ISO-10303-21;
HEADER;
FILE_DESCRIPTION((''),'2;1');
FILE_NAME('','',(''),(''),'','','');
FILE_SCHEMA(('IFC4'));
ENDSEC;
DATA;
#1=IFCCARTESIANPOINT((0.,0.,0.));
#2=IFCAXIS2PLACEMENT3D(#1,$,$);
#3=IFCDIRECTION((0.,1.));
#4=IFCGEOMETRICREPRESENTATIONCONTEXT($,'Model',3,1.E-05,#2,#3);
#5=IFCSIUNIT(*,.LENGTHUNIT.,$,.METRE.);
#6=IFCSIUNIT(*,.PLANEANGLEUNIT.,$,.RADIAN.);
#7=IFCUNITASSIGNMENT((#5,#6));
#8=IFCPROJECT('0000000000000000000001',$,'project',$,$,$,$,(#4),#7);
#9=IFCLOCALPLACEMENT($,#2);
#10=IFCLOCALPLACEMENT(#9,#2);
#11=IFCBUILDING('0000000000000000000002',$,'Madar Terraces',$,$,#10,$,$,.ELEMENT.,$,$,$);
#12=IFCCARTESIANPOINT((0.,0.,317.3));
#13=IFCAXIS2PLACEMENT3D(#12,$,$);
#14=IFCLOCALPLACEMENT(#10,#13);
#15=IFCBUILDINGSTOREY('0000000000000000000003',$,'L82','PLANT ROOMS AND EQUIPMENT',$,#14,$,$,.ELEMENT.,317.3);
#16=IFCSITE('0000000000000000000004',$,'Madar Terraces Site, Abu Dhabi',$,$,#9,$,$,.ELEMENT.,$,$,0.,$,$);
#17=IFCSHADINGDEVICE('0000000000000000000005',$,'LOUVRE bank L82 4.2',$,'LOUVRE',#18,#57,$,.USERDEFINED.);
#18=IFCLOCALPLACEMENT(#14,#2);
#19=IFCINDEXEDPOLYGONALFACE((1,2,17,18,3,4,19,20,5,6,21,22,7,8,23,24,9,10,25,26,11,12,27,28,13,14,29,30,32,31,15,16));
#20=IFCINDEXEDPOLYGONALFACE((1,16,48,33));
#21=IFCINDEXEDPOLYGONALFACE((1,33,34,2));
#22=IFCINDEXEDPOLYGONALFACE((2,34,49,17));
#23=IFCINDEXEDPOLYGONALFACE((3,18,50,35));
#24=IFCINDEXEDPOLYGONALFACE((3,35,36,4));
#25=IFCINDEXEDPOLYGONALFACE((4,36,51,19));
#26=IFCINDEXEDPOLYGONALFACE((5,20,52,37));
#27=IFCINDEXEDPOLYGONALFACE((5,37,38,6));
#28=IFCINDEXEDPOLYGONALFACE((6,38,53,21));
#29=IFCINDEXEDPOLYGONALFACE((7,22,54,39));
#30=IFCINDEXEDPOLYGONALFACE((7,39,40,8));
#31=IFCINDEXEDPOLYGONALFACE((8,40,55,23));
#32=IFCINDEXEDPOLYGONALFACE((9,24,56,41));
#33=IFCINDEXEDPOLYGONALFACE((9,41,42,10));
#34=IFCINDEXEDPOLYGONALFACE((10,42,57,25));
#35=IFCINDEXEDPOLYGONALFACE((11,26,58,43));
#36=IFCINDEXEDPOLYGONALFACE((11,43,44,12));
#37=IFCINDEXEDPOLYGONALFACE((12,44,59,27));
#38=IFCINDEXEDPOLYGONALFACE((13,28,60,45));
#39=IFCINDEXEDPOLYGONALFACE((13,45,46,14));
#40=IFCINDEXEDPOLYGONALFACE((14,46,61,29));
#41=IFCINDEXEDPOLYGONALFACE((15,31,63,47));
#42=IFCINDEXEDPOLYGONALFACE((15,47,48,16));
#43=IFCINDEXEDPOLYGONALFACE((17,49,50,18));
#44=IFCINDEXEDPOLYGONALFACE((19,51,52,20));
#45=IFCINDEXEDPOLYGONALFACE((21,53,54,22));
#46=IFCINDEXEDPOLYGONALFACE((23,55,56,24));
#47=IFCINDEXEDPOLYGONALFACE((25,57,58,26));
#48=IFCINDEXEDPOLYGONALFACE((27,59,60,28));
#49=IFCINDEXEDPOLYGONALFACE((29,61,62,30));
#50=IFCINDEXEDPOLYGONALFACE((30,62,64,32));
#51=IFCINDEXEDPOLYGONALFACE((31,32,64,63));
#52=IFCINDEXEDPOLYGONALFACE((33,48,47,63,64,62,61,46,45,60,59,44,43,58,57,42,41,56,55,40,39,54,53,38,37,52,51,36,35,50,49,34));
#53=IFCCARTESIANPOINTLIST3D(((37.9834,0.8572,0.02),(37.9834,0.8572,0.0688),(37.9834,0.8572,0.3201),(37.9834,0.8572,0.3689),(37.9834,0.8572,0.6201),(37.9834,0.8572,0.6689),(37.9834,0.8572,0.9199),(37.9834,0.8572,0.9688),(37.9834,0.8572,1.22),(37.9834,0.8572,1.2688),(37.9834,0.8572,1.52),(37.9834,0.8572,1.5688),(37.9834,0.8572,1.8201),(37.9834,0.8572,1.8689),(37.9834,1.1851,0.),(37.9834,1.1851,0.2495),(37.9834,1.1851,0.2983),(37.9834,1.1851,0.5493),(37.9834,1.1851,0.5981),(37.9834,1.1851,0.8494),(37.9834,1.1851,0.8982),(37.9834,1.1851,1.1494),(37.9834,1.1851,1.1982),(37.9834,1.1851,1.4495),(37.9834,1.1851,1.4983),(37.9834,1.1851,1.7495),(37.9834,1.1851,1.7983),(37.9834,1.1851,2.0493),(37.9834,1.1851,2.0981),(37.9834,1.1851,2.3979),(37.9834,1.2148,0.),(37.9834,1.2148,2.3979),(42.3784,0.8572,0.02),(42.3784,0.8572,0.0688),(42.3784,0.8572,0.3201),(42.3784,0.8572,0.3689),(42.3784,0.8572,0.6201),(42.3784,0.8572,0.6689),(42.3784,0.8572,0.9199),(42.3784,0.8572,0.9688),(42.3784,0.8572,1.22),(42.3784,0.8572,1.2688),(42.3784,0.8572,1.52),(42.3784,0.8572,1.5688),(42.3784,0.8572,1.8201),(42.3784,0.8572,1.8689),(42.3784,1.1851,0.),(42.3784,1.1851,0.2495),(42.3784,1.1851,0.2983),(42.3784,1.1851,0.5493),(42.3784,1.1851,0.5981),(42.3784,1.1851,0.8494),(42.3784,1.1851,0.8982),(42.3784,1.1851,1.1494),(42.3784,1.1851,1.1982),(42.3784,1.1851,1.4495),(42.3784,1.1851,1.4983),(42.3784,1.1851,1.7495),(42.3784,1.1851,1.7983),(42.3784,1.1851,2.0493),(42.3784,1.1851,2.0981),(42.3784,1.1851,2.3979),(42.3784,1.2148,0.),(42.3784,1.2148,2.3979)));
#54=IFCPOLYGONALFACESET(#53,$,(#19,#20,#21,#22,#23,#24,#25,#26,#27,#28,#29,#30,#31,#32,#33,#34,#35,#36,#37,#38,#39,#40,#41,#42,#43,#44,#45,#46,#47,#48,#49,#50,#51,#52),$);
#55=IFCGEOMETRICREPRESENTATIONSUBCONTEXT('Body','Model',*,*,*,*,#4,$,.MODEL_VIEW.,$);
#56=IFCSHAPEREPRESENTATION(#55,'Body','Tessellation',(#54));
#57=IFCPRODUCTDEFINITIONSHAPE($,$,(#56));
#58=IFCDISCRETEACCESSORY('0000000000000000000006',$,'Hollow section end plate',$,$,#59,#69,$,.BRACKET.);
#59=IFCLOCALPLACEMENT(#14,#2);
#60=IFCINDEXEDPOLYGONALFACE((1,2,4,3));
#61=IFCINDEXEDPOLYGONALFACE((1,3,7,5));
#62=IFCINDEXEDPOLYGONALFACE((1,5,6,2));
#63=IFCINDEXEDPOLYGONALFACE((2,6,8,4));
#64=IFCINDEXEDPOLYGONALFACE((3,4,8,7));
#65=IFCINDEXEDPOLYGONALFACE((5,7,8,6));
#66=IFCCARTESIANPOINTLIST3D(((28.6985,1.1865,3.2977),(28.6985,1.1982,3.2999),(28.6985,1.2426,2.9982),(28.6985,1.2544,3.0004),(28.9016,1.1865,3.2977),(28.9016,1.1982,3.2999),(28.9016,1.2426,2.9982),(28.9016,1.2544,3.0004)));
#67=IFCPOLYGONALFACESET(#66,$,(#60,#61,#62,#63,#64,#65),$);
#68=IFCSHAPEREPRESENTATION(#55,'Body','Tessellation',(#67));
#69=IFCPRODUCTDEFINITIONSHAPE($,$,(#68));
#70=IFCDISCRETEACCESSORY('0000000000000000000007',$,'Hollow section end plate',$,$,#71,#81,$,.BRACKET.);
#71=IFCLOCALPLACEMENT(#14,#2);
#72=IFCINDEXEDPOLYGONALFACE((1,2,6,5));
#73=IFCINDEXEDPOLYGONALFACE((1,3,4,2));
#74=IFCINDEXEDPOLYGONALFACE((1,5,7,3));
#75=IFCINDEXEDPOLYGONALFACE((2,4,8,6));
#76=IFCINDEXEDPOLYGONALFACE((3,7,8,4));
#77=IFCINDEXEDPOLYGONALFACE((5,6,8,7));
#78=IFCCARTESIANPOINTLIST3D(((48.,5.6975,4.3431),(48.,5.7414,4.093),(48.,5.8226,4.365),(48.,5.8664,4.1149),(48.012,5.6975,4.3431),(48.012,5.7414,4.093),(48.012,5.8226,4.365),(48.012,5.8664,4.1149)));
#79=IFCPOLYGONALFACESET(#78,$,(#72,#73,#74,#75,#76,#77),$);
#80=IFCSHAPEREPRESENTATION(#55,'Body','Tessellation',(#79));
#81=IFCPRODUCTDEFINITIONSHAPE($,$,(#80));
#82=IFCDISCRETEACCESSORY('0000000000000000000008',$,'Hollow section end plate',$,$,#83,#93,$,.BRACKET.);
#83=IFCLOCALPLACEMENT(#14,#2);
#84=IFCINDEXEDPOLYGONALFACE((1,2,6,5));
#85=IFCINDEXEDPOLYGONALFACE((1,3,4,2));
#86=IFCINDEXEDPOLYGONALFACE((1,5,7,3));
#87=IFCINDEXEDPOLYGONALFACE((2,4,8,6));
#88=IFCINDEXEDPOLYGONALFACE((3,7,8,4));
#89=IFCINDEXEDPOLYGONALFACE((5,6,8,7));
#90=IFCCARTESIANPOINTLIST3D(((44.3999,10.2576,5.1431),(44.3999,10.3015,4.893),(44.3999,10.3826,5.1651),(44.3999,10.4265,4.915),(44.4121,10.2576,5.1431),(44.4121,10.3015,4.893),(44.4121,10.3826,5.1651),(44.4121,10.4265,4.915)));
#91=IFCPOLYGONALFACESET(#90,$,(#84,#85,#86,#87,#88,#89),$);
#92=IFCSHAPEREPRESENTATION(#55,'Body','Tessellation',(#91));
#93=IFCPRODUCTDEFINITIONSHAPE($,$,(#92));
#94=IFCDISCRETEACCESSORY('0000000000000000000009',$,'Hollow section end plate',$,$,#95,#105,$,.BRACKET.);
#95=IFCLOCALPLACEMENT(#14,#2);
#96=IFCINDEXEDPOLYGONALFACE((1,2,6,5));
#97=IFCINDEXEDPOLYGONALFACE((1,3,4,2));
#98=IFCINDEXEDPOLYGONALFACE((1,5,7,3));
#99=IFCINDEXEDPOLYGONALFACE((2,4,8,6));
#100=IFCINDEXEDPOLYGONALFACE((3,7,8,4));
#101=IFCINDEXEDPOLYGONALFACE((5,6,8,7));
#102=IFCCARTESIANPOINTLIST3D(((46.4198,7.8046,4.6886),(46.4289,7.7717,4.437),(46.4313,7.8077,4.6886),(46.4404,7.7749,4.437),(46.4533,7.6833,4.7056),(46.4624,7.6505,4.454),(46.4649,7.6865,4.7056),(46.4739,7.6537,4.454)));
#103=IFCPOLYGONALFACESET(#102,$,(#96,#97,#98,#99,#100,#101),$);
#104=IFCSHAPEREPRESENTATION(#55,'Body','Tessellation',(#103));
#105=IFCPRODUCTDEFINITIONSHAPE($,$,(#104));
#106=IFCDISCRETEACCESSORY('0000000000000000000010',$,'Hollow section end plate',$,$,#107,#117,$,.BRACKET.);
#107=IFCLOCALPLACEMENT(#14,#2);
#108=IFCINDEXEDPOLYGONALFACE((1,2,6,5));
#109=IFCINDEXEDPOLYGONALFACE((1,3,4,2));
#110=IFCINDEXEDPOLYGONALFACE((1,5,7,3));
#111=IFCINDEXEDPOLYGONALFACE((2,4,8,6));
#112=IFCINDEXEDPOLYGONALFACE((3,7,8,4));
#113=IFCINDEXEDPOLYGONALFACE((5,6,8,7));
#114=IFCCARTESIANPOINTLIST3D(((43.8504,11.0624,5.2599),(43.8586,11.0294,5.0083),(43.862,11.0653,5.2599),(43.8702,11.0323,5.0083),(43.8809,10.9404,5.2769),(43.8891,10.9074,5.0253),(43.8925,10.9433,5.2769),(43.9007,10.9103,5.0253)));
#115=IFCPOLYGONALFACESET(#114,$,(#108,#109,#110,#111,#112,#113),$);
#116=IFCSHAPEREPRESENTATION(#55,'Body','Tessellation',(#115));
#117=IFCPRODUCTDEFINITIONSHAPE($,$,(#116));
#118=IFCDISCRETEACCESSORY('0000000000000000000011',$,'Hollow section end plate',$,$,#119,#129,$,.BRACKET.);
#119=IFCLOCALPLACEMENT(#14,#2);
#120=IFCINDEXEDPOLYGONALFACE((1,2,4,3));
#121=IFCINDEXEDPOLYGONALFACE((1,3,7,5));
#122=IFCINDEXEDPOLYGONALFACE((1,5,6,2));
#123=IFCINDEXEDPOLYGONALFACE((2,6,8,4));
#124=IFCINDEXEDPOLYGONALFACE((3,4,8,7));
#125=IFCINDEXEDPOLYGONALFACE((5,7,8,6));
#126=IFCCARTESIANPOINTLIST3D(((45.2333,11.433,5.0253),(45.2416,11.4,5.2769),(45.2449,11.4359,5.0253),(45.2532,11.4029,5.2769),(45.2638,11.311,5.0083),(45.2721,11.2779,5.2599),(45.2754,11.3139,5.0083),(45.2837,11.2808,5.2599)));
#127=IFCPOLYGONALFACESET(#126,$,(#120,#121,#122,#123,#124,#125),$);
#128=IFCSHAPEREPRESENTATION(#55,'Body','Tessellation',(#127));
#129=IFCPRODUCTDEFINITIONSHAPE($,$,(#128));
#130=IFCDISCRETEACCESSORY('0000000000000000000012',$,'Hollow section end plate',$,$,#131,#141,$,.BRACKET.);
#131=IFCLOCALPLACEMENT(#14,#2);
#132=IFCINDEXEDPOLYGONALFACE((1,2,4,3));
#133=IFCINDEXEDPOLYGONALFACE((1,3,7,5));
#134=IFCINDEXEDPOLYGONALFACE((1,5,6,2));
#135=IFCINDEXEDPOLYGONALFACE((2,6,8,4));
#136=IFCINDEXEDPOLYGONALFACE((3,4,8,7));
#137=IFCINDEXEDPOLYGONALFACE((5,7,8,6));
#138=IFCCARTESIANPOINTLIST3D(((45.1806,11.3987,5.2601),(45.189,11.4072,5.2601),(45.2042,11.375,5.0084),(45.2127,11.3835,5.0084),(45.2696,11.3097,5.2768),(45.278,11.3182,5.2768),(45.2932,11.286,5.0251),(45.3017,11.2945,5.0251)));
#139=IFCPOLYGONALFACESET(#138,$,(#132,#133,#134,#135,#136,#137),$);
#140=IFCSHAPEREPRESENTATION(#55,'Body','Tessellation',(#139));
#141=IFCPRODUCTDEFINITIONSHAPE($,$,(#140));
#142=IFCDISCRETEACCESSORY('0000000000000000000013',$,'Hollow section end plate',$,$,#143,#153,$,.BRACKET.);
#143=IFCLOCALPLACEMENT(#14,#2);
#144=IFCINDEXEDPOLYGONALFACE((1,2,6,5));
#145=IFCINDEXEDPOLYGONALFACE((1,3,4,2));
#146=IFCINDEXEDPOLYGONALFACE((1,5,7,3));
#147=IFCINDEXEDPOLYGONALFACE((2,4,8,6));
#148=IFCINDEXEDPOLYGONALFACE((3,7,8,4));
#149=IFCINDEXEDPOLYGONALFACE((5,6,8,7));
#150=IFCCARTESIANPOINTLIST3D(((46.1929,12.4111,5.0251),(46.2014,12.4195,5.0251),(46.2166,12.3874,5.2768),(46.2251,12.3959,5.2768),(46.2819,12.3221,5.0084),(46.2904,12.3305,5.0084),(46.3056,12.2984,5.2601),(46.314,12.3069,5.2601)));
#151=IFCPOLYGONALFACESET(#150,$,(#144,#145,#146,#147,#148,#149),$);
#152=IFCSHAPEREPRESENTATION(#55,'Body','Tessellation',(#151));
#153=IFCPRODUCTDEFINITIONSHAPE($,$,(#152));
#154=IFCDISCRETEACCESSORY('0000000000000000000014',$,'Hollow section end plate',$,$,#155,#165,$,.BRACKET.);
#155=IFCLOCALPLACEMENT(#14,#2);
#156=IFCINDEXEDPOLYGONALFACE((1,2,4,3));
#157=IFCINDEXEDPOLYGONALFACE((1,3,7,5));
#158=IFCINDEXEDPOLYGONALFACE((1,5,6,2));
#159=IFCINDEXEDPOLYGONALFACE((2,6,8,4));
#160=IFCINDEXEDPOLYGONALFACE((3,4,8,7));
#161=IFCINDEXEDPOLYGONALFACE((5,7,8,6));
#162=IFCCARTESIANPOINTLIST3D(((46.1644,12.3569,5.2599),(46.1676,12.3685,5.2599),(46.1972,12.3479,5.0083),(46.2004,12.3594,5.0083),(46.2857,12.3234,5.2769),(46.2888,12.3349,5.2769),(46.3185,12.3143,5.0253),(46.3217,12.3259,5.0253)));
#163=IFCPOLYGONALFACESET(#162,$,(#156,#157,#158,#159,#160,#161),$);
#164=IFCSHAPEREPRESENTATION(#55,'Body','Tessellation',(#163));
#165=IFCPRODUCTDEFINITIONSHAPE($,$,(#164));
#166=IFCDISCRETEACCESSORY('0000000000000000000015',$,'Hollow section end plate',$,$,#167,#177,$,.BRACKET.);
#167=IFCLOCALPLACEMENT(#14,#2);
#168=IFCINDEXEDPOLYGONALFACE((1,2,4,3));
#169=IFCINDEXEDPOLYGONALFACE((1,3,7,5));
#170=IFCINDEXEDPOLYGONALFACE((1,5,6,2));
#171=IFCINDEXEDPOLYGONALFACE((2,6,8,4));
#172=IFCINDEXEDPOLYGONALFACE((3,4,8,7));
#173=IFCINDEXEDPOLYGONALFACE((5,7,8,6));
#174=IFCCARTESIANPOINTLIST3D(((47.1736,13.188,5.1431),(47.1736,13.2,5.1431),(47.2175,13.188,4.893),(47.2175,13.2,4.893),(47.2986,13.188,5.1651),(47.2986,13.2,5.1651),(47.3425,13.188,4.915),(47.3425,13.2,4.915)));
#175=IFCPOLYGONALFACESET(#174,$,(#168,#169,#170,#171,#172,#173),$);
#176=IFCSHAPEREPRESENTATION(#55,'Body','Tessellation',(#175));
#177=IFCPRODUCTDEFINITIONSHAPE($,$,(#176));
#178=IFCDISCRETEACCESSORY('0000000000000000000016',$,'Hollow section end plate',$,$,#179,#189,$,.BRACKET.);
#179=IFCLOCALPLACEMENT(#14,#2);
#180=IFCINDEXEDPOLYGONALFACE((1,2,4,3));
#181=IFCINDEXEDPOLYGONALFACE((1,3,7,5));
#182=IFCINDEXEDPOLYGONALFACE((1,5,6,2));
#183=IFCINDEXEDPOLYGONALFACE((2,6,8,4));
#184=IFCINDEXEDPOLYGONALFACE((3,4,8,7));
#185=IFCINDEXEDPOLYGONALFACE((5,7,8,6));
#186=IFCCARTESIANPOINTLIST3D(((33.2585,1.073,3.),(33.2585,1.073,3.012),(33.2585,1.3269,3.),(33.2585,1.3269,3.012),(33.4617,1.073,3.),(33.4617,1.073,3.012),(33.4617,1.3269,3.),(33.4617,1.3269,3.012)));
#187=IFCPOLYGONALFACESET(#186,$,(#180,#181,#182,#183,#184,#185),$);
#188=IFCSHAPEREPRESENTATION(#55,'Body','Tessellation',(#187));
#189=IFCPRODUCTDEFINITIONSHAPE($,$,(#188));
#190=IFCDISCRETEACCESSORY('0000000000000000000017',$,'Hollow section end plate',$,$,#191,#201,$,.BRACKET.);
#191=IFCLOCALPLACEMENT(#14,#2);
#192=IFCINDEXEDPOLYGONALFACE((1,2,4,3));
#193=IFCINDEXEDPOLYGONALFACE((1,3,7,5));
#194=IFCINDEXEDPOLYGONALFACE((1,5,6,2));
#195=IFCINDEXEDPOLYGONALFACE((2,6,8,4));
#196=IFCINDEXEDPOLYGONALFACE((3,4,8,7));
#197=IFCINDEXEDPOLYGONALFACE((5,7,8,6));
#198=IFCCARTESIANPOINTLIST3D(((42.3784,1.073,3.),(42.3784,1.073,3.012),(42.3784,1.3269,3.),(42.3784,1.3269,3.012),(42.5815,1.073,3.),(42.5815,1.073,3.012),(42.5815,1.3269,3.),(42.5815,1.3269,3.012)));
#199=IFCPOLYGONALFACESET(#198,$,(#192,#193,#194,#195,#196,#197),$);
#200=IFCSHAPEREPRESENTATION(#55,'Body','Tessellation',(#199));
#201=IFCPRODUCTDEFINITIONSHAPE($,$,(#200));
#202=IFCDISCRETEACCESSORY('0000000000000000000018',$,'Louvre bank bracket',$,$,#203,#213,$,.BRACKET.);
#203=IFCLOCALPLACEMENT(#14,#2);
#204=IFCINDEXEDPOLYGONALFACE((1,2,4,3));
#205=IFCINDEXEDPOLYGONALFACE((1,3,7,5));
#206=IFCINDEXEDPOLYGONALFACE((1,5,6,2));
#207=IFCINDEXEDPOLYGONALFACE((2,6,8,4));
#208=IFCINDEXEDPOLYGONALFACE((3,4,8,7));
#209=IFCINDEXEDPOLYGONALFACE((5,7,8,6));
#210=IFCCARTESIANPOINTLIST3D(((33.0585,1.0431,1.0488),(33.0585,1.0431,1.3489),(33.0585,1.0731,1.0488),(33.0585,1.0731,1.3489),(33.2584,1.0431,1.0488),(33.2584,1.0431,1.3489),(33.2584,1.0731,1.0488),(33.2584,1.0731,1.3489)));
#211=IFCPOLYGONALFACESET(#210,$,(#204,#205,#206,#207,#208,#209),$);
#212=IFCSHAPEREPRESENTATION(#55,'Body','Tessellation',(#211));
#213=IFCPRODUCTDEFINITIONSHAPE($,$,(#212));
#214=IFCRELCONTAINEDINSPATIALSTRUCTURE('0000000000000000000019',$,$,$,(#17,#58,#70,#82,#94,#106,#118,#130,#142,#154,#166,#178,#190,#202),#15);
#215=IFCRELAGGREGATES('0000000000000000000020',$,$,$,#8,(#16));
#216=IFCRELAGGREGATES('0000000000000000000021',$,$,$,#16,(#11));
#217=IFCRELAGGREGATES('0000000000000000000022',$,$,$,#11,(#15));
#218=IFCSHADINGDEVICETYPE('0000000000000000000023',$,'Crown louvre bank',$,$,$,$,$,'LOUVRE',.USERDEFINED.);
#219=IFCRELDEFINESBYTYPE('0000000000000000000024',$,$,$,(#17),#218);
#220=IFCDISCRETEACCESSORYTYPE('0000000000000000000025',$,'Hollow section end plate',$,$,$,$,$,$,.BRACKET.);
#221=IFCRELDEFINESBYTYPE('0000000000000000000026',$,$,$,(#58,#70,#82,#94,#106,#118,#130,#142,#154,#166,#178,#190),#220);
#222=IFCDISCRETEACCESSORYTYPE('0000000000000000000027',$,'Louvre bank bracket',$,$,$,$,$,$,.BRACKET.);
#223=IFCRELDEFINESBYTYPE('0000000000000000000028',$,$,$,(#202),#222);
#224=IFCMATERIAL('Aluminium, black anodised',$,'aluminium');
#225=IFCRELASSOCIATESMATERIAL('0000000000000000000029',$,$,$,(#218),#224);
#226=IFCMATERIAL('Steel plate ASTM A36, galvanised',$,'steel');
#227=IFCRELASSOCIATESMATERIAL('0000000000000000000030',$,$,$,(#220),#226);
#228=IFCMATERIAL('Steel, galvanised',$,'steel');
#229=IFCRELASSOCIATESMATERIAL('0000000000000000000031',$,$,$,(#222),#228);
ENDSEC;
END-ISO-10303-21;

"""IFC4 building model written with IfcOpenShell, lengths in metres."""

from ifc_helpers import new_model, si_unit, direction, frame, origin, origin_2d, place, context, subcontext, project, spatial, polyline, rectangle, outline, extrude, material, type_object, element, save


model = new_model("IFC4")

# Units and contexts
model_context = context("Model", 3, precision=1e-05, world=origin(), true_north=direction((0.0, 1.0)))
body_context = subcontext(model_context, "Body", "Model", "MODEL_VIEW")
ifc_project = project(units=[si_unit("LENGTHUNIT", "METRE"), si_unit("PLANEANGLEUNIT", "RADIAN")], contexts=[model_context])

# Site, building, storey
site_placement = place(None, origin())
site = spatial("IfcSite", under=ifc_project, at=site_placement, Name="Madar Terraces Site, Abu Dhabi", CompositionType="ELEMENT", RefElevation=0.0)
building_placement = place(site_placement, origin())
building = spatial("IfcBuilding", under=site, at=building_placement, Name="Madar Terraces", CompositionType="ELEMENT")
storey_placement = place(building_placement, frame((0.0, 0.0, 317.3)))
storey = spatial("IfcBuildingStorey", under=building, at=storey_placement, Name="L82", Description="PLANT ROOMS AND EQUIPMENT", CompositionType="ELEMENT", Elevation=317.3)

# Shading device
ifc_material_1 = material(Name="Aluminium, black anodised", Category="aluminium")
shading_device_type = type_object("IfcShadingDeviceType", Name="Crown louvre bank", ElementType="LOUVRE", PredefinedType="USERDEFINED", material=ifc_material_1)
shading_device_1_placement = place(storey_placement, frame((37.9834, 1.2, 0.0), z_axis=(1.0, 0.0, 0.0), x_axis=(0.0, 1.0, 0.0)))
element("IfcShadingDevice", 1, at=shading_device_1_placement, inside=storey, type_object=shading_device_type, Name="LOUVRE bank L82 4.2", ObjectType="LOUVRE", PredefinedType="USERDEFINED", context=body_context, shape_type="SweptSolid", body=[
    extrude(outline(polyline([(0.0149, 0.0), (-0.0149, 0.0), (-0.0149, 0.2495), (-0.3428, 0.02), (-0.3428, 0.0688), (-0.0149, 0.2983), (-0.0149, 0.5493), (-0.3428, 0.3201), (-0.3428, 0.3689), (-0.0149, 0.5981), (-0.0149, 0.8494), (-0.3428, 0.6201), (-0.3428, 0.6689), (-0.0149, 0.8982), (-0.0149, 1.1494), (-0.3428, 0.9199), (-0.3428, 0.9688), (-0.0149, 1.1982), (-0.0149, 1.4495), (-0.3428, 1.22), (-0.3428, 1.2688), (-0.0149, 1.4983), (-0.0149, 1.7495), (-0.3428, 1.52), (-0.3428, 1.5688), (-0.0149, 1.7983), (-0.0149, 2.0493), (-0.3428, 1.8201), (-0.3428, 1.8689), (-0.0149, 2.0981), (-0.0149, 2.3979), (0.0149, 2.3979), (0.0149, 0.0)])), origin(), (0.0, 0.0, 1.0), 4.395),
])

# Discrete accessories
ifc_material_2 = material(Name="Steel plate ASTM A36, galvanised", Category="steel")
discrete_accessory_type_1 = type_object("IfcDiscreteAccessoryType", Name="Hollow section end plate", PredefinedType="BRACKET", material=ifc_material_2)
discrete_accessory_1_placement = place(storey_placement, frame((28.8, 1.2263, 3.1501), z_axis=(0.0, -0.982872, -0.184289), x_axis=(1.0, 0.0, 0.0)))
element("IfcDiscreteAccessory", 2, at=discrete_accessory_1_placement, inside=storey, type_object=discrete_accessory_type_1, Name="Hollow section end plate", PredefinedType="BRACKET", context=body_context, shape_type="SweptSolid", body=[
    extrude(rectangle(XDim=0.2031, YDim=0.3047, at=origin_2d()), origin(), (0.0, 0.0, 1.0), 0.012),
])
discrete_accessory_2_placement = place(storey_placement, frame((48.0, 5.782, 4.229), z_axis=(1.0, 0.0, 0.0), x_axis=(0.0, 0.984957, 0.172799)))
element("IfcDiscreteAccessory", 3, at=discrete_accessory_2_placement, inside=storey, type_object=discrete_accessory_type_1, Name="Hollow section end plate", PredefinedType="BRACKET", context=body_context, shape_type="SweptSolid", body=[
    extrude(rectangle(XDim=0.127, YDim=0.2539, at=origin_2d()), origin(), (0.0, 0.0, 1.0), 0.012),
])
discrete_accessory_3_placement = place(storey_placement, frame((44.3999, 10.342, 5.0291), z_axis=(1.0, 0.0, 0.0), x_axis=(0.0, 0.984957, 0.172799)))
element("IfcDiscreteAccessory", 4, at=discrete_accessory_3_placement, inside=storey, type_object=discrete_accessory_type_1, Name="Hollow section end plate", PredefinedType="BRACKET", context=body_context, shape_type="SweptSolid", body=[
    extrude(rectangle(XDim=0.127, YDim=0.2539, at=origin_2d()), origin(), (0.0, 0.0, 1.0), 0.0122),
])
for number, where, z_axis, x_axis, name in (
    (5, (46.4526, 7.7307, 4.5713), (-0.963811, -0.266586, 0.0), (0.264179, -0.955108, 0.134086), "Hollow section end plate"),
    (6, (43.8813, 10.9878, 5.1426), (-0.970143, -0.242536, 0.0), (0.240345, -0.961382, 0.134086), "Hollow section end plate"),
    (7, (45.2527, 11.3555, 5.1426), (0.970143, 0.242536, 0.0), (-0.240345, 0.961382, 0.134086), "Hollow section end plate"),
    (8, (45.2454, 11.3508, 5.1426), (-0.707107, -0.707107, 0.0), (0.700941, -0.700941, 0.131765), "Hollow section end plate"),
    (9, (46.2493, 12.3547, 5.1426), (0.707107, 0.707107, 0.0), (-0.700941, 0.700941, 0.131765), "Hollow section end plate"),
    (10, (46.2446, 12.3472, 5.1426), (-0.266586, -0.963811, 0.0), (0.955108, -0.264179, 0.134086), "Hollow section end plate"),
    (11, (47.2581, 13.2, 5.0291), (0.0, -1.0, 0.0), (0.984957, 0.0, 0.172799), "Hollow section end plate"),
):
    element("IfcDiscreteAccessory", number, at=place(storey_placement, frame(where, z_axis=z_axis, x_axis=x_axis)), inside=storey, type_object=discrete_accessory_type_1, Name=name, PredefinedType="BRACKET", context=body_context, shape_type="SweptSolid", body=[
        extrude(rectangle(XDim=0.127, YDim=0.2539, at=origin_2d()), origin(), (0.0, 0.0, 1.0), 0.012),
    ])
for number, where, z_axis, x_axis, name in (
    (12, (33.3601, 1.2, 3.0), (0.0, 0.0, 1.0), (1.0, 0.0, 0.0), "Hollow section end plate"),
    (13, (42.48, 1.2, 3.0), (0.0, 0.0, 1.0), (1.0, 0.0, 0.0), "Hollow section end plate"),
):
    element("IfcDiscreteAccessory", number, at=place(storey_placement, frame(where, z_axis=z_axis, x_axis=x_axis)), inside=storey, type_object=discrete_accessory_type_1, Name=name, PredefinedType="BRACKET", context=body_context, shape_type="SweptSolid", body=[
        extrude(rectangle(XDim=0.2031, YDim=0.2539, at=origin_2d()), origin(), (0.0, 0.0, 1.0), 0.012),
    ])
ifc_material_3 = material(Name="Steel, galvanised", Category="steel")
discrete_accessory_type_2 = type_object("IfcDiscreteAccessoryType", Name="Louvre bank bracket", PredefinedType="BRACKET", material=ifc_material_3)
for number, where, z_axis, x_axis, name in (
    (14, (33.1584, 1.0581, 1.0488), (0.0, 0.0, 1.0), (1.0, 0.0, 0.0), "Louvre bank bracket"),
):
    element("IfcDiscreteAccessory", number, at=place(storey_placement, frame(where, z_axis=z_axis, x_axis=x_axis)), inside=storey, type_object=discrete_accessory_type_2, Name=name, PredefinedType="BRACKET", context=body_context, shape_type="SweptSolid", body=[
        extrude(rectangle(XDim=0.2, YDim=0.03, at=origin_2d()), origin(), (0.0, 0.0, 1.0), 0.3),
    ])

save(model, "model.ifc")
